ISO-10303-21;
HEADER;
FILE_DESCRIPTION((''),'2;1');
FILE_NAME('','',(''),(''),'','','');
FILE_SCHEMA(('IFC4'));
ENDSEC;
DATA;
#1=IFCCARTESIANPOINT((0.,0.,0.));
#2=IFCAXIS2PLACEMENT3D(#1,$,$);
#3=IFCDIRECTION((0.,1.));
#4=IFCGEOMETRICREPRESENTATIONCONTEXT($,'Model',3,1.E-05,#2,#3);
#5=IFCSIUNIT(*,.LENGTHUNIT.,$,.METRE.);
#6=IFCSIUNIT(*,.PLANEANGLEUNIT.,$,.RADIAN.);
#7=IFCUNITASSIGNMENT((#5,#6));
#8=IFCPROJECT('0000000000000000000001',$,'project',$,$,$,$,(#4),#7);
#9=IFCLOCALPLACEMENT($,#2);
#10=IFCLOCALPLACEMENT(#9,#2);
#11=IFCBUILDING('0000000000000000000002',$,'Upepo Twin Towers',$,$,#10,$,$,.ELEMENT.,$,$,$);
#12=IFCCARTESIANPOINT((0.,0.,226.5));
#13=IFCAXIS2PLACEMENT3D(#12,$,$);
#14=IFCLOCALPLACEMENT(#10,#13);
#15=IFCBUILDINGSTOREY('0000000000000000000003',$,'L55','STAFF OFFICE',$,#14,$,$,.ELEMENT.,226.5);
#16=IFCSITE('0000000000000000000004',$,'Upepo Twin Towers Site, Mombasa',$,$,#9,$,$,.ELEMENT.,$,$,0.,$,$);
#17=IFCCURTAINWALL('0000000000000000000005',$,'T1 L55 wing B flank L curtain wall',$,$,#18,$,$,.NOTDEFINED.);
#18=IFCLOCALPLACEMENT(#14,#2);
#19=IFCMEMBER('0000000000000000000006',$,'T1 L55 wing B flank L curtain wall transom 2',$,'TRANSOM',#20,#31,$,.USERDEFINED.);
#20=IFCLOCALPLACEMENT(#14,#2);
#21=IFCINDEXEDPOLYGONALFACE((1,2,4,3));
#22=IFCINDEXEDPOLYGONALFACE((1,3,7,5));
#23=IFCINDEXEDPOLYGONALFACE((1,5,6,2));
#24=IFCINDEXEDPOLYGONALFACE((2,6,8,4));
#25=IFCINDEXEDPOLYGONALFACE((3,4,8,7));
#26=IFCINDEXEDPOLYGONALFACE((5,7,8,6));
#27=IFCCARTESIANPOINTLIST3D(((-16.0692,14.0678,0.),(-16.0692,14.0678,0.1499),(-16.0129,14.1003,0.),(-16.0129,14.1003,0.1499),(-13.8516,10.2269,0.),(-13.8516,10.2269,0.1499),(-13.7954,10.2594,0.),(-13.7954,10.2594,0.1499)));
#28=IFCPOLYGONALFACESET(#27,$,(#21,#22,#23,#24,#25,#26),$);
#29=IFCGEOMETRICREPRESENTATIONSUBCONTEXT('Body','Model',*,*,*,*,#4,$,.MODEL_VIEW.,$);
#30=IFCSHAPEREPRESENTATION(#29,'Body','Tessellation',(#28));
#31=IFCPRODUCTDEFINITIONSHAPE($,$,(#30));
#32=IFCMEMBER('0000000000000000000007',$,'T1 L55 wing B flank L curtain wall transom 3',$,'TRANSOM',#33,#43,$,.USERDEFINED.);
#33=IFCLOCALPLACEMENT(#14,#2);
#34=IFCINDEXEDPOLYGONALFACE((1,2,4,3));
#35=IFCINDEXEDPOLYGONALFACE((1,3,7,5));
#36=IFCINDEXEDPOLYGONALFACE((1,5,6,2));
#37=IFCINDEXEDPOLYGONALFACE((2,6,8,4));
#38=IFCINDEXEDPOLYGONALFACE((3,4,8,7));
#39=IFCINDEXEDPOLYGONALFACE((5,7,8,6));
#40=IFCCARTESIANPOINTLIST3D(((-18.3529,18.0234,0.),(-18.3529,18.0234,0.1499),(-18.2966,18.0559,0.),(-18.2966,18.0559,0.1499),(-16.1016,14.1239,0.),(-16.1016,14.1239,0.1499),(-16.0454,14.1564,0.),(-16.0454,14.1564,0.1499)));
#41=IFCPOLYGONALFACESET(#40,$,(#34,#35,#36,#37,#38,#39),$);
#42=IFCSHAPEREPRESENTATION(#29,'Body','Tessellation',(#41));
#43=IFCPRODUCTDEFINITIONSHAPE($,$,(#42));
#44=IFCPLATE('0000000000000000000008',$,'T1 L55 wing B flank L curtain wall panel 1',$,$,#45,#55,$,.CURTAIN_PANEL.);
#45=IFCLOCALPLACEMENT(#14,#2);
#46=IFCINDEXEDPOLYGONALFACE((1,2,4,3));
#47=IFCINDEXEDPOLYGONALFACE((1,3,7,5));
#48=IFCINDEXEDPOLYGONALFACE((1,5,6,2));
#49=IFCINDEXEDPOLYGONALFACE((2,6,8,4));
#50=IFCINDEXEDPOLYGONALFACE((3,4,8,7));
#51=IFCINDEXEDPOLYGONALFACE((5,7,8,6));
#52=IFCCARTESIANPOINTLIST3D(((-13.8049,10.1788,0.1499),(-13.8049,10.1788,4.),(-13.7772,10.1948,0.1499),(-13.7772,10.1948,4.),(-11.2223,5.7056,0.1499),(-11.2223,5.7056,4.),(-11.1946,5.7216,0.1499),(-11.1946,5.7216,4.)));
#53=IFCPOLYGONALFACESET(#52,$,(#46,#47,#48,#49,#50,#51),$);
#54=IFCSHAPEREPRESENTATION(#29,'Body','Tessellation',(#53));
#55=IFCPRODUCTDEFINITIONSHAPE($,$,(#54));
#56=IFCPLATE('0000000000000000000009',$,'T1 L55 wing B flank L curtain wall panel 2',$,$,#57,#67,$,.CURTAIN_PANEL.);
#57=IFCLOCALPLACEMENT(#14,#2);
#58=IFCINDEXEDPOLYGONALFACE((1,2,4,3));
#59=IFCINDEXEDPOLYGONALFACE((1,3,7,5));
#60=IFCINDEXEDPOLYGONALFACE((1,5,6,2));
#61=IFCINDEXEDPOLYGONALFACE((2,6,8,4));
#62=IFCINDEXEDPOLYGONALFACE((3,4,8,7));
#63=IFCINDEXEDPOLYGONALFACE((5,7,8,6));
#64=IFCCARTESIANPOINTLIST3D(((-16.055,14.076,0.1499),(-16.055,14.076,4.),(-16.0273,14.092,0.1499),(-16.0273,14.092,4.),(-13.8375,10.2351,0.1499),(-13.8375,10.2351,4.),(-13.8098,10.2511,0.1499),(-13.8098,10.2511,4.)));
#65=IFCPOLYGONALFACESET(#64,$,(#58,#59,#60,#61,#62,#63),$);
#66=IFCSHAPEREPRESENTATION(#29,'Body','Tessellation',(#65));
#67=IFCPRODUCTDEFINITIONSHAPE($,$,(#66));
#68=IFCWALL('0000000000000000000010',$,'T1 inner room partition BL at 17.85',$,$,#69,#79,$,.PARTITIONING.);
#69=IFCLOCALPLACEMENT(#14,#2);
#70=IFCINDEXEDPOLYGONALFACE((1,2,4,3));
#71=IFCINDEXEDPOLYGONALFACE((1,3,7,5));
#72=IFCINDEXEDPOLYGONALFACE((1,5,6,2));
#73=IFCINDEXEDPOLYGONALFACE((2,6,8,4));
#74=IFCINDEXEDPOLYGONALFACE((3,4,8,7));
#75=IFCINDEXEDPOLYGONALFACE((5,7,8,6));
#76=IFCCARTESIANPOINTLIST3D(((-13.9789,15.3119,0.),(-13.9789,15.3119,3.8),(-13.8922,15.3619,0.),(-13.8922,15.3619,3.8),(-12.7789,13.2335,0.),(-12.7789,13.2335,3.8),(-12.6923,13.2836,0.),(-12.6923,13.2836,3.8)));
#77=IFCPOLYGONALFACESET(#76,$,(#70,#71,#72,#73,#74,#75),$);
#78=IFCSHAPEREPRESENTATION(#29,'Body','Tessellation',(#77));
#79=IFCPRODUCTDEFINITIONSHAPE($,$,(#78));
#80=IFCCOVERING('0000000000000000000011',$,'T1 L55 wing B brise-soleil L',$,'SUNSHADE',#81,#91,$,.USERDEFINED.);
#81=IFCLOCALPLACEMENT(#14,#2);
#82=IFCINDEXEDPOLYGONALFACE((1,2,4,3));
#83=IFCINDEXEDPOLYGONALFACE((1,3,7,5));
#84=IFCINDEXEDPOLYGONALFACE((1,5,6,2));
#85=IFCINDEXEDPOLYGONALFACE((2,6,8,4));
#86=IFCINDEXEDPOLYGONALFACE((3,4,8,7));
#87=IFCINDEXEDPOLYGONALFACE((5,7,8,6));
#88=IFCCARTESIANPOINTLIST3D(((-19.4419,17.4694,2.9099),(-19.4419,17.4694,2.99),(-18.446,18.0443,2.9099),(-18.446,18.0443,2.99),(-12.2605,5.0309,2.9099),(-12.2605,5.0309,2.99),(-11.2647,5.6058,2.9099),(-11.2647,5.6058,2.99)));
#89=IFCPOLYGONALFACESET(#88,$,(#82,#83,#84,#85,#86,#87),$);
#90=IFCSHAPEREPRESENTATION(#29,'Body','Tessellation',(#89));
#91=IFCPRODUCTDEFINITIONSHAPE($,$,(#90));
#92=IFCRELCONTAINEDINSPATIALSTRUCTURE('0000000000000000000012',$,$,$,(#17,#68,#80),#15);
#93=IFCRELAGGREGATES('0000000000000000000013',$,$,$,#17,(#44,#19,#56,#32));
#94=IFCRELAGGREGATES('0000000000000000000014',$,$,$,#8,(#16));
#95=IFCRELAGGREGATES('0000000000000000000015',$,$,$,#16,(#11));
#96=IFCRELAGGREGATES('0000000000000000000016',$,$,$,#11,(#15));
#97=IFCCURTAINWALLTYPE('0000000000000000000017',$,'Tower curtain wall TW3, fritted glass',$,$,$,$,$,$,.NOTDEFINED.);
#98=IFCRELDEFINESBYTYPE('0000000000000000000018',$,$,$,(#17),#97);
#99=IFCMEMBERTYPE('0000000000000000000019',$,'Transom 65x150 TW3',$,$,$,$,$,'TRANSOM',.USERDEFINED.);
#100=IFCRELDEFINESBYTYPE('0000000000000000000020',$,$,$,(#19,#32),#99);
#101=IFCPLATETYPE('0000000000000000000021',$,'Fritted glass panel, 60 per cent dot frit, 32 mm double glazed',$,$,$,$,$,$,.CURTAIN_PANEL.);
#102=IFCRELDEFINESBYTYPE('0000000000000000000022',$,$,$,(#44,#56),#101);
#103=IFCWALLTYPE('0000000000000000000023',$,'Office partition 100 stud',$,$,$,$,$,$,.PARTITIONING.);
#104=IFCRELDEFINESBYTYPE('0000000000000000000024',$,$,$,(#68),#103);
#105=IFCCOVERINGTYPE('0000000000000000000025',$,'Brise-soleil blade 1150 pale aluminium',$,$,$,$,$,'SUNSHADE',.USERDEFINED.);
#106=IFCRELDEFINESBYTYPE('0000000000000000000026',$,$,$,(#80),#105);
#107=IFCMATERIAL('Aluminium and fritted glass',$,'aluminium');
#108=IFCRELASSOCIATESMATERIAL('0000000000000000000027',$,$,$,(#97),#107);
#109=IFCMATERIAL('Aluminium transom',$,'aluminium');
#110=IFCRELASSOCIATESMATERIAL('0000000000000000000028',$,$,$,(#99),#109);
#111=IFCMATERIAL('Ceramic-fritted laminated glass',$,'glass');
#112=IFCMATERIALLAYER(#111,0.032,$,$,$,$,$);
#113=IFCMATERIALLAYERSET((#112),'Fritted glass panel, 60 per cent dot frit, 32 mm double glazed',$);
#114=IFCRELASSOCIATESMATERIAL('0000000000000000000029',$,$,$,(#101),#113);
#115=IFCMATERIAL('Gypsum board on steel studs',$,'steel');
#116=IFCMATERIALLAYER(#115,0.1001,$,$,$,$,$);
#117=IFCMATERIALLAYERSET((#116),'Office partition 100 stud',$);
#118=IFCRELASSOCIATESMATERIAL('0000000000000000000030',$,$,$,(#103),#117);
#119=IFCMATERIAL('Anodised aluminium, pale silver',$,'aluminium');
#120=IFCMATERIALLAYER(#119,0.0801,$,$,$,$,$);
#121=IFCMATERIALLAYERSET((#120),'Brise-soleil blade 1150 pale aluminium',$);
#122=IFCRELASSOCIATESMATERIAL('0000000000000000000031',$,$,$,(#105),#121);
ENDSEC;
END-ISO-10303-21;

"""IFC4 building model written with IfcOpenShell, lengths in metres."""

from ifc_helpers import new_model, si_unit, direction, frame, frame_2d, origin, origin_2d, place, context, subcontext, project, spatial, rectangle, extrude, material, layer, layer_set, material_profile, profile_set, type_object, element, aggregate, save


model = new_model("IFC4")

# Units and contexts
model_context = context("Model", 3, precision=1e-05, world=origin(), true_north=direction((0.0, 1.0)))
body_context = subcontext(model_context, "Body", "Model", "MODEL_VIEW")
ifc_project = project(units=[si_unit("LENGTHUNIT", "METRE"), si_unit("PLANEANGLEUNIT", "RADIAN")], contexts=[model_context])

# Site, building, storey
site_placement = place(None, origin())
site = spatial("IfcSite", under=ifc_project, at=site_placement, Name="Upepo Twin Towers Site, Mombasa", CompositionType="ELEMENT", RefElevation=0.0)
building_placement = place(site_placement, origin())
building = spatial("IfcBuilding", under=site, at=building_placement, Name="Upepo Twin Towers", CompositionType="ELEMENT")
storey_placement = place(building_placement, frame((0.0, 0.0, 226.5)))
storey = spatial("IfcBuildingStorey", under=building, at=storey_placement, Name="L55", Description="STAFF OFFICE", CompositionType="ELEMENT", Elevation=226.5)

# Curtain wall, members, plates
ifc_material_1 = material(Name="Aluminium and fritted glass", Category="aluminium")
curtain_wall_type = type_object("IfcCurtainWallType", Name="Tower curtain wall TW3, fritted glass", PredefinedType="NOTDEFINED", material=ifc_material_1)
curtain_wall_placement = place(storey_placement, origin())
curtain_wall = element("IfcCurtainWall", 1, at=curtain_wall_placement, inside=storey, type_object=curtain_wall_type, Name="T1 L55 wing B flank L curtain wall", PredefinedType="NOTDEFINED")
ifc_material_2 = material(Name="Aluminium transom", Category="aluminium")
ifc_material_profile_1 = material_profile(ifc_material_2, rectangle(XDim=0.0649, YDim=0.1499, at=origin_2d()), Name="TRANSOM 65x150")
ifc_profile_set_1 = profile_set([ifc_material_profile_1], Name="Aluminium transom")
member_type_1 = type_object("IfcMemberType", Name="Transom 65x150 TW3", ElementType="TRANSOM", PredefinedType="USERDEFINED", material=ifc_profile_set_1)
member_1_placement = place(storey_placement, frame((-13.8235, 10.2432, 0.075), z_axis=(-0.500005, 0.866022, 0.0), x_axis=(-0.866022, -0.500005, 0.0)))
member_1 = element("IfcMember", 2, at=member_1_placement, type_object=member_type_1, Name="T1 L55 wing B flank L curtain wall transom 2", ObjectType="TRANSOM", PredefinedType="USERDEFINED", context=body_context, shape_type="SweptSolid", body=[
    extrude(rectangle(XDim=0.0649, YDim=0.1499, at=origin_2d()), origin(), (0.0, 0.0, 1.0), 4.4351),
])
member_2_placement = place(storey_placement, frame((-16.0735, 14.1401, 0.075), z_axis=(-0.499982, 0.866036, 0.0), x_axis=(-0.866036, -0.499982, 0.0)))
member_2 = element("IfcMember", 3, at=member_2_placement, type_object=member_type_1, Name="T1 L55 wing B flank L curtain wall transom 3", ObjectType="TRANSOM", PredefinedType="USERDEFINED", context=body_context, shape_type="SweptSolid", body=[
    extrude(rectangle(XDim=0.0649, YDim=0.1499, at=origin_2d()), origin(), (0.0, 0.0, 1.0), 4.5027),
])
ifc_material_3 = material(Name="Ceramic-fritted laminated glass", Category="glass")
ifc_layer_1 = layer(ifc_material_3, 0.032)
ifc_layer_set_1 = layer_set([ifc_layer_1], Name="Fritted glass panel, 60 per cent dot frit, 32 mm double glazed")
plate_type = type_object("IfcPlateType", Name="Fritted glass panel, 60 per cent dot frit, 32 mm double glazed", PredefinedType="CURTAIN_PANEL", material=ifc_layer_set_1)
plate_1_placement = place(storey_placement, frame((-12.4998, 7.9502, 0.1499), z_axis=(0.0, 0.0, 1.0), x_axis=(-0.5, 0.866025, 0.0)))
plate_1 = element("IfcPlate", 4, at=plate_1_placement, type_object=plate_type, Name="T1 L55 wing B flank L curtain wall panel 1", PredefinedType="CURTAIN_PANEL", context=body_context, shape_type="SweptSolid", body=[
    extrude(rectangle(XDim=5.1653, YDim=0.032, at=origin_2d()), origin(), (0.0, 0.0, 1.0), 3.8501),
])
plate_2_placement = place(storey_placement, frame((-14.9324, 12.1636, 0.1499), z_axis=(0.0, 0.0, 1.0), x_axis=(-0.5, 0.866025, 0.0)))
plate_2 = element("IfcPlate", 5, at=plate_2_placement, type_object=plate_type, Name="T1 L55 wing B flank L curtain wall panel 2", PredefinedType="CURTAIN_PANEL", context=body_context, shape_type="SweptSolid", body=[
    extrude(rectangle(XDim=4.4351, YDim=0.032, at=origin_2d()), origin(), (0.0, 0.0, 1.0), 3.8501),
])
aggregate(curtain_wall, [plate_1, member_1, plate_2, member_2])

# Wall
ifc_material_4 = material(Name="Gypsum board on steel studs", Category="steel")
ifc_layer_2 = layer(ifc_material_4, 0.1001)
ifc_layer_set_2 = layer_set([ifc_layer_2], Name="Office partition 100 stud")
wall_type = type_object("IfcWallType", Name="Office partition 100 stud", PredefinedType="PARTITIONING", material=ifc_layer_set_2)
wall_placement = place(storey_placement, frame((-12.7356, 13.2585, 0.0), z_axis=(0.0, 0.0, 1.0), x_axis=(-0.500001, 0.866025, 0.0)))
element("IfcWall", 6, at=wall_placement, inside=storey, type_object=wall_type, Name="T1 inner room partition BL at 17.85", PredefinedType="PARTITIONING", context=body_context, shape_type="SweptSolid", body=[
    extrude(rectangle(XDim=2.3999, YDim=0.1001, at=frame_2d((1.2, 0.0))), origin(), (0.0, 0.0, 1.0), 3.8),
])

# Covering
ifc_material_5 = material(Name="Anodised aluminium, pale silver", Category="aluminium")
ifc_layer_3 = layer(ifc_material_5, 0.0801)
ifc_layer_set_3 = layer_set([ifc_layer_3], Name="Brise-soleil blade 1150 pale aluminium")
covering_type = type_object("IfcCoveringType", Name="Brise-soleil blade 1150 pale aluminium", ElementType="SUNSHADE", PredefinedType="USERDEFINED", material=ifc_layer_set_3)
covering_placement = place(storey_placement, frame((-15.3533, 11.5376, 2.9099), z_axis=(0.0, 0.0, 1.0), x_axis=(-0.5, 0.866025, 0.0)))
element("IfcCovering", 7, at=covering_placement, inside=storey, type_object=covering_type, Name="T1 L55 wing B brise-soleil L", ObjectType="SUNSHADE", PredefinedType="USERDEFINED", context=body_context, shape_type="SweptSolid", body=[
    extrude(rectangle(XDim=14.3628, YDim=1.1499, at=origin_2d()), origin(), (0.0, 0.0, 1.0), 0.0801),
])

save(model, "model.ifc")
